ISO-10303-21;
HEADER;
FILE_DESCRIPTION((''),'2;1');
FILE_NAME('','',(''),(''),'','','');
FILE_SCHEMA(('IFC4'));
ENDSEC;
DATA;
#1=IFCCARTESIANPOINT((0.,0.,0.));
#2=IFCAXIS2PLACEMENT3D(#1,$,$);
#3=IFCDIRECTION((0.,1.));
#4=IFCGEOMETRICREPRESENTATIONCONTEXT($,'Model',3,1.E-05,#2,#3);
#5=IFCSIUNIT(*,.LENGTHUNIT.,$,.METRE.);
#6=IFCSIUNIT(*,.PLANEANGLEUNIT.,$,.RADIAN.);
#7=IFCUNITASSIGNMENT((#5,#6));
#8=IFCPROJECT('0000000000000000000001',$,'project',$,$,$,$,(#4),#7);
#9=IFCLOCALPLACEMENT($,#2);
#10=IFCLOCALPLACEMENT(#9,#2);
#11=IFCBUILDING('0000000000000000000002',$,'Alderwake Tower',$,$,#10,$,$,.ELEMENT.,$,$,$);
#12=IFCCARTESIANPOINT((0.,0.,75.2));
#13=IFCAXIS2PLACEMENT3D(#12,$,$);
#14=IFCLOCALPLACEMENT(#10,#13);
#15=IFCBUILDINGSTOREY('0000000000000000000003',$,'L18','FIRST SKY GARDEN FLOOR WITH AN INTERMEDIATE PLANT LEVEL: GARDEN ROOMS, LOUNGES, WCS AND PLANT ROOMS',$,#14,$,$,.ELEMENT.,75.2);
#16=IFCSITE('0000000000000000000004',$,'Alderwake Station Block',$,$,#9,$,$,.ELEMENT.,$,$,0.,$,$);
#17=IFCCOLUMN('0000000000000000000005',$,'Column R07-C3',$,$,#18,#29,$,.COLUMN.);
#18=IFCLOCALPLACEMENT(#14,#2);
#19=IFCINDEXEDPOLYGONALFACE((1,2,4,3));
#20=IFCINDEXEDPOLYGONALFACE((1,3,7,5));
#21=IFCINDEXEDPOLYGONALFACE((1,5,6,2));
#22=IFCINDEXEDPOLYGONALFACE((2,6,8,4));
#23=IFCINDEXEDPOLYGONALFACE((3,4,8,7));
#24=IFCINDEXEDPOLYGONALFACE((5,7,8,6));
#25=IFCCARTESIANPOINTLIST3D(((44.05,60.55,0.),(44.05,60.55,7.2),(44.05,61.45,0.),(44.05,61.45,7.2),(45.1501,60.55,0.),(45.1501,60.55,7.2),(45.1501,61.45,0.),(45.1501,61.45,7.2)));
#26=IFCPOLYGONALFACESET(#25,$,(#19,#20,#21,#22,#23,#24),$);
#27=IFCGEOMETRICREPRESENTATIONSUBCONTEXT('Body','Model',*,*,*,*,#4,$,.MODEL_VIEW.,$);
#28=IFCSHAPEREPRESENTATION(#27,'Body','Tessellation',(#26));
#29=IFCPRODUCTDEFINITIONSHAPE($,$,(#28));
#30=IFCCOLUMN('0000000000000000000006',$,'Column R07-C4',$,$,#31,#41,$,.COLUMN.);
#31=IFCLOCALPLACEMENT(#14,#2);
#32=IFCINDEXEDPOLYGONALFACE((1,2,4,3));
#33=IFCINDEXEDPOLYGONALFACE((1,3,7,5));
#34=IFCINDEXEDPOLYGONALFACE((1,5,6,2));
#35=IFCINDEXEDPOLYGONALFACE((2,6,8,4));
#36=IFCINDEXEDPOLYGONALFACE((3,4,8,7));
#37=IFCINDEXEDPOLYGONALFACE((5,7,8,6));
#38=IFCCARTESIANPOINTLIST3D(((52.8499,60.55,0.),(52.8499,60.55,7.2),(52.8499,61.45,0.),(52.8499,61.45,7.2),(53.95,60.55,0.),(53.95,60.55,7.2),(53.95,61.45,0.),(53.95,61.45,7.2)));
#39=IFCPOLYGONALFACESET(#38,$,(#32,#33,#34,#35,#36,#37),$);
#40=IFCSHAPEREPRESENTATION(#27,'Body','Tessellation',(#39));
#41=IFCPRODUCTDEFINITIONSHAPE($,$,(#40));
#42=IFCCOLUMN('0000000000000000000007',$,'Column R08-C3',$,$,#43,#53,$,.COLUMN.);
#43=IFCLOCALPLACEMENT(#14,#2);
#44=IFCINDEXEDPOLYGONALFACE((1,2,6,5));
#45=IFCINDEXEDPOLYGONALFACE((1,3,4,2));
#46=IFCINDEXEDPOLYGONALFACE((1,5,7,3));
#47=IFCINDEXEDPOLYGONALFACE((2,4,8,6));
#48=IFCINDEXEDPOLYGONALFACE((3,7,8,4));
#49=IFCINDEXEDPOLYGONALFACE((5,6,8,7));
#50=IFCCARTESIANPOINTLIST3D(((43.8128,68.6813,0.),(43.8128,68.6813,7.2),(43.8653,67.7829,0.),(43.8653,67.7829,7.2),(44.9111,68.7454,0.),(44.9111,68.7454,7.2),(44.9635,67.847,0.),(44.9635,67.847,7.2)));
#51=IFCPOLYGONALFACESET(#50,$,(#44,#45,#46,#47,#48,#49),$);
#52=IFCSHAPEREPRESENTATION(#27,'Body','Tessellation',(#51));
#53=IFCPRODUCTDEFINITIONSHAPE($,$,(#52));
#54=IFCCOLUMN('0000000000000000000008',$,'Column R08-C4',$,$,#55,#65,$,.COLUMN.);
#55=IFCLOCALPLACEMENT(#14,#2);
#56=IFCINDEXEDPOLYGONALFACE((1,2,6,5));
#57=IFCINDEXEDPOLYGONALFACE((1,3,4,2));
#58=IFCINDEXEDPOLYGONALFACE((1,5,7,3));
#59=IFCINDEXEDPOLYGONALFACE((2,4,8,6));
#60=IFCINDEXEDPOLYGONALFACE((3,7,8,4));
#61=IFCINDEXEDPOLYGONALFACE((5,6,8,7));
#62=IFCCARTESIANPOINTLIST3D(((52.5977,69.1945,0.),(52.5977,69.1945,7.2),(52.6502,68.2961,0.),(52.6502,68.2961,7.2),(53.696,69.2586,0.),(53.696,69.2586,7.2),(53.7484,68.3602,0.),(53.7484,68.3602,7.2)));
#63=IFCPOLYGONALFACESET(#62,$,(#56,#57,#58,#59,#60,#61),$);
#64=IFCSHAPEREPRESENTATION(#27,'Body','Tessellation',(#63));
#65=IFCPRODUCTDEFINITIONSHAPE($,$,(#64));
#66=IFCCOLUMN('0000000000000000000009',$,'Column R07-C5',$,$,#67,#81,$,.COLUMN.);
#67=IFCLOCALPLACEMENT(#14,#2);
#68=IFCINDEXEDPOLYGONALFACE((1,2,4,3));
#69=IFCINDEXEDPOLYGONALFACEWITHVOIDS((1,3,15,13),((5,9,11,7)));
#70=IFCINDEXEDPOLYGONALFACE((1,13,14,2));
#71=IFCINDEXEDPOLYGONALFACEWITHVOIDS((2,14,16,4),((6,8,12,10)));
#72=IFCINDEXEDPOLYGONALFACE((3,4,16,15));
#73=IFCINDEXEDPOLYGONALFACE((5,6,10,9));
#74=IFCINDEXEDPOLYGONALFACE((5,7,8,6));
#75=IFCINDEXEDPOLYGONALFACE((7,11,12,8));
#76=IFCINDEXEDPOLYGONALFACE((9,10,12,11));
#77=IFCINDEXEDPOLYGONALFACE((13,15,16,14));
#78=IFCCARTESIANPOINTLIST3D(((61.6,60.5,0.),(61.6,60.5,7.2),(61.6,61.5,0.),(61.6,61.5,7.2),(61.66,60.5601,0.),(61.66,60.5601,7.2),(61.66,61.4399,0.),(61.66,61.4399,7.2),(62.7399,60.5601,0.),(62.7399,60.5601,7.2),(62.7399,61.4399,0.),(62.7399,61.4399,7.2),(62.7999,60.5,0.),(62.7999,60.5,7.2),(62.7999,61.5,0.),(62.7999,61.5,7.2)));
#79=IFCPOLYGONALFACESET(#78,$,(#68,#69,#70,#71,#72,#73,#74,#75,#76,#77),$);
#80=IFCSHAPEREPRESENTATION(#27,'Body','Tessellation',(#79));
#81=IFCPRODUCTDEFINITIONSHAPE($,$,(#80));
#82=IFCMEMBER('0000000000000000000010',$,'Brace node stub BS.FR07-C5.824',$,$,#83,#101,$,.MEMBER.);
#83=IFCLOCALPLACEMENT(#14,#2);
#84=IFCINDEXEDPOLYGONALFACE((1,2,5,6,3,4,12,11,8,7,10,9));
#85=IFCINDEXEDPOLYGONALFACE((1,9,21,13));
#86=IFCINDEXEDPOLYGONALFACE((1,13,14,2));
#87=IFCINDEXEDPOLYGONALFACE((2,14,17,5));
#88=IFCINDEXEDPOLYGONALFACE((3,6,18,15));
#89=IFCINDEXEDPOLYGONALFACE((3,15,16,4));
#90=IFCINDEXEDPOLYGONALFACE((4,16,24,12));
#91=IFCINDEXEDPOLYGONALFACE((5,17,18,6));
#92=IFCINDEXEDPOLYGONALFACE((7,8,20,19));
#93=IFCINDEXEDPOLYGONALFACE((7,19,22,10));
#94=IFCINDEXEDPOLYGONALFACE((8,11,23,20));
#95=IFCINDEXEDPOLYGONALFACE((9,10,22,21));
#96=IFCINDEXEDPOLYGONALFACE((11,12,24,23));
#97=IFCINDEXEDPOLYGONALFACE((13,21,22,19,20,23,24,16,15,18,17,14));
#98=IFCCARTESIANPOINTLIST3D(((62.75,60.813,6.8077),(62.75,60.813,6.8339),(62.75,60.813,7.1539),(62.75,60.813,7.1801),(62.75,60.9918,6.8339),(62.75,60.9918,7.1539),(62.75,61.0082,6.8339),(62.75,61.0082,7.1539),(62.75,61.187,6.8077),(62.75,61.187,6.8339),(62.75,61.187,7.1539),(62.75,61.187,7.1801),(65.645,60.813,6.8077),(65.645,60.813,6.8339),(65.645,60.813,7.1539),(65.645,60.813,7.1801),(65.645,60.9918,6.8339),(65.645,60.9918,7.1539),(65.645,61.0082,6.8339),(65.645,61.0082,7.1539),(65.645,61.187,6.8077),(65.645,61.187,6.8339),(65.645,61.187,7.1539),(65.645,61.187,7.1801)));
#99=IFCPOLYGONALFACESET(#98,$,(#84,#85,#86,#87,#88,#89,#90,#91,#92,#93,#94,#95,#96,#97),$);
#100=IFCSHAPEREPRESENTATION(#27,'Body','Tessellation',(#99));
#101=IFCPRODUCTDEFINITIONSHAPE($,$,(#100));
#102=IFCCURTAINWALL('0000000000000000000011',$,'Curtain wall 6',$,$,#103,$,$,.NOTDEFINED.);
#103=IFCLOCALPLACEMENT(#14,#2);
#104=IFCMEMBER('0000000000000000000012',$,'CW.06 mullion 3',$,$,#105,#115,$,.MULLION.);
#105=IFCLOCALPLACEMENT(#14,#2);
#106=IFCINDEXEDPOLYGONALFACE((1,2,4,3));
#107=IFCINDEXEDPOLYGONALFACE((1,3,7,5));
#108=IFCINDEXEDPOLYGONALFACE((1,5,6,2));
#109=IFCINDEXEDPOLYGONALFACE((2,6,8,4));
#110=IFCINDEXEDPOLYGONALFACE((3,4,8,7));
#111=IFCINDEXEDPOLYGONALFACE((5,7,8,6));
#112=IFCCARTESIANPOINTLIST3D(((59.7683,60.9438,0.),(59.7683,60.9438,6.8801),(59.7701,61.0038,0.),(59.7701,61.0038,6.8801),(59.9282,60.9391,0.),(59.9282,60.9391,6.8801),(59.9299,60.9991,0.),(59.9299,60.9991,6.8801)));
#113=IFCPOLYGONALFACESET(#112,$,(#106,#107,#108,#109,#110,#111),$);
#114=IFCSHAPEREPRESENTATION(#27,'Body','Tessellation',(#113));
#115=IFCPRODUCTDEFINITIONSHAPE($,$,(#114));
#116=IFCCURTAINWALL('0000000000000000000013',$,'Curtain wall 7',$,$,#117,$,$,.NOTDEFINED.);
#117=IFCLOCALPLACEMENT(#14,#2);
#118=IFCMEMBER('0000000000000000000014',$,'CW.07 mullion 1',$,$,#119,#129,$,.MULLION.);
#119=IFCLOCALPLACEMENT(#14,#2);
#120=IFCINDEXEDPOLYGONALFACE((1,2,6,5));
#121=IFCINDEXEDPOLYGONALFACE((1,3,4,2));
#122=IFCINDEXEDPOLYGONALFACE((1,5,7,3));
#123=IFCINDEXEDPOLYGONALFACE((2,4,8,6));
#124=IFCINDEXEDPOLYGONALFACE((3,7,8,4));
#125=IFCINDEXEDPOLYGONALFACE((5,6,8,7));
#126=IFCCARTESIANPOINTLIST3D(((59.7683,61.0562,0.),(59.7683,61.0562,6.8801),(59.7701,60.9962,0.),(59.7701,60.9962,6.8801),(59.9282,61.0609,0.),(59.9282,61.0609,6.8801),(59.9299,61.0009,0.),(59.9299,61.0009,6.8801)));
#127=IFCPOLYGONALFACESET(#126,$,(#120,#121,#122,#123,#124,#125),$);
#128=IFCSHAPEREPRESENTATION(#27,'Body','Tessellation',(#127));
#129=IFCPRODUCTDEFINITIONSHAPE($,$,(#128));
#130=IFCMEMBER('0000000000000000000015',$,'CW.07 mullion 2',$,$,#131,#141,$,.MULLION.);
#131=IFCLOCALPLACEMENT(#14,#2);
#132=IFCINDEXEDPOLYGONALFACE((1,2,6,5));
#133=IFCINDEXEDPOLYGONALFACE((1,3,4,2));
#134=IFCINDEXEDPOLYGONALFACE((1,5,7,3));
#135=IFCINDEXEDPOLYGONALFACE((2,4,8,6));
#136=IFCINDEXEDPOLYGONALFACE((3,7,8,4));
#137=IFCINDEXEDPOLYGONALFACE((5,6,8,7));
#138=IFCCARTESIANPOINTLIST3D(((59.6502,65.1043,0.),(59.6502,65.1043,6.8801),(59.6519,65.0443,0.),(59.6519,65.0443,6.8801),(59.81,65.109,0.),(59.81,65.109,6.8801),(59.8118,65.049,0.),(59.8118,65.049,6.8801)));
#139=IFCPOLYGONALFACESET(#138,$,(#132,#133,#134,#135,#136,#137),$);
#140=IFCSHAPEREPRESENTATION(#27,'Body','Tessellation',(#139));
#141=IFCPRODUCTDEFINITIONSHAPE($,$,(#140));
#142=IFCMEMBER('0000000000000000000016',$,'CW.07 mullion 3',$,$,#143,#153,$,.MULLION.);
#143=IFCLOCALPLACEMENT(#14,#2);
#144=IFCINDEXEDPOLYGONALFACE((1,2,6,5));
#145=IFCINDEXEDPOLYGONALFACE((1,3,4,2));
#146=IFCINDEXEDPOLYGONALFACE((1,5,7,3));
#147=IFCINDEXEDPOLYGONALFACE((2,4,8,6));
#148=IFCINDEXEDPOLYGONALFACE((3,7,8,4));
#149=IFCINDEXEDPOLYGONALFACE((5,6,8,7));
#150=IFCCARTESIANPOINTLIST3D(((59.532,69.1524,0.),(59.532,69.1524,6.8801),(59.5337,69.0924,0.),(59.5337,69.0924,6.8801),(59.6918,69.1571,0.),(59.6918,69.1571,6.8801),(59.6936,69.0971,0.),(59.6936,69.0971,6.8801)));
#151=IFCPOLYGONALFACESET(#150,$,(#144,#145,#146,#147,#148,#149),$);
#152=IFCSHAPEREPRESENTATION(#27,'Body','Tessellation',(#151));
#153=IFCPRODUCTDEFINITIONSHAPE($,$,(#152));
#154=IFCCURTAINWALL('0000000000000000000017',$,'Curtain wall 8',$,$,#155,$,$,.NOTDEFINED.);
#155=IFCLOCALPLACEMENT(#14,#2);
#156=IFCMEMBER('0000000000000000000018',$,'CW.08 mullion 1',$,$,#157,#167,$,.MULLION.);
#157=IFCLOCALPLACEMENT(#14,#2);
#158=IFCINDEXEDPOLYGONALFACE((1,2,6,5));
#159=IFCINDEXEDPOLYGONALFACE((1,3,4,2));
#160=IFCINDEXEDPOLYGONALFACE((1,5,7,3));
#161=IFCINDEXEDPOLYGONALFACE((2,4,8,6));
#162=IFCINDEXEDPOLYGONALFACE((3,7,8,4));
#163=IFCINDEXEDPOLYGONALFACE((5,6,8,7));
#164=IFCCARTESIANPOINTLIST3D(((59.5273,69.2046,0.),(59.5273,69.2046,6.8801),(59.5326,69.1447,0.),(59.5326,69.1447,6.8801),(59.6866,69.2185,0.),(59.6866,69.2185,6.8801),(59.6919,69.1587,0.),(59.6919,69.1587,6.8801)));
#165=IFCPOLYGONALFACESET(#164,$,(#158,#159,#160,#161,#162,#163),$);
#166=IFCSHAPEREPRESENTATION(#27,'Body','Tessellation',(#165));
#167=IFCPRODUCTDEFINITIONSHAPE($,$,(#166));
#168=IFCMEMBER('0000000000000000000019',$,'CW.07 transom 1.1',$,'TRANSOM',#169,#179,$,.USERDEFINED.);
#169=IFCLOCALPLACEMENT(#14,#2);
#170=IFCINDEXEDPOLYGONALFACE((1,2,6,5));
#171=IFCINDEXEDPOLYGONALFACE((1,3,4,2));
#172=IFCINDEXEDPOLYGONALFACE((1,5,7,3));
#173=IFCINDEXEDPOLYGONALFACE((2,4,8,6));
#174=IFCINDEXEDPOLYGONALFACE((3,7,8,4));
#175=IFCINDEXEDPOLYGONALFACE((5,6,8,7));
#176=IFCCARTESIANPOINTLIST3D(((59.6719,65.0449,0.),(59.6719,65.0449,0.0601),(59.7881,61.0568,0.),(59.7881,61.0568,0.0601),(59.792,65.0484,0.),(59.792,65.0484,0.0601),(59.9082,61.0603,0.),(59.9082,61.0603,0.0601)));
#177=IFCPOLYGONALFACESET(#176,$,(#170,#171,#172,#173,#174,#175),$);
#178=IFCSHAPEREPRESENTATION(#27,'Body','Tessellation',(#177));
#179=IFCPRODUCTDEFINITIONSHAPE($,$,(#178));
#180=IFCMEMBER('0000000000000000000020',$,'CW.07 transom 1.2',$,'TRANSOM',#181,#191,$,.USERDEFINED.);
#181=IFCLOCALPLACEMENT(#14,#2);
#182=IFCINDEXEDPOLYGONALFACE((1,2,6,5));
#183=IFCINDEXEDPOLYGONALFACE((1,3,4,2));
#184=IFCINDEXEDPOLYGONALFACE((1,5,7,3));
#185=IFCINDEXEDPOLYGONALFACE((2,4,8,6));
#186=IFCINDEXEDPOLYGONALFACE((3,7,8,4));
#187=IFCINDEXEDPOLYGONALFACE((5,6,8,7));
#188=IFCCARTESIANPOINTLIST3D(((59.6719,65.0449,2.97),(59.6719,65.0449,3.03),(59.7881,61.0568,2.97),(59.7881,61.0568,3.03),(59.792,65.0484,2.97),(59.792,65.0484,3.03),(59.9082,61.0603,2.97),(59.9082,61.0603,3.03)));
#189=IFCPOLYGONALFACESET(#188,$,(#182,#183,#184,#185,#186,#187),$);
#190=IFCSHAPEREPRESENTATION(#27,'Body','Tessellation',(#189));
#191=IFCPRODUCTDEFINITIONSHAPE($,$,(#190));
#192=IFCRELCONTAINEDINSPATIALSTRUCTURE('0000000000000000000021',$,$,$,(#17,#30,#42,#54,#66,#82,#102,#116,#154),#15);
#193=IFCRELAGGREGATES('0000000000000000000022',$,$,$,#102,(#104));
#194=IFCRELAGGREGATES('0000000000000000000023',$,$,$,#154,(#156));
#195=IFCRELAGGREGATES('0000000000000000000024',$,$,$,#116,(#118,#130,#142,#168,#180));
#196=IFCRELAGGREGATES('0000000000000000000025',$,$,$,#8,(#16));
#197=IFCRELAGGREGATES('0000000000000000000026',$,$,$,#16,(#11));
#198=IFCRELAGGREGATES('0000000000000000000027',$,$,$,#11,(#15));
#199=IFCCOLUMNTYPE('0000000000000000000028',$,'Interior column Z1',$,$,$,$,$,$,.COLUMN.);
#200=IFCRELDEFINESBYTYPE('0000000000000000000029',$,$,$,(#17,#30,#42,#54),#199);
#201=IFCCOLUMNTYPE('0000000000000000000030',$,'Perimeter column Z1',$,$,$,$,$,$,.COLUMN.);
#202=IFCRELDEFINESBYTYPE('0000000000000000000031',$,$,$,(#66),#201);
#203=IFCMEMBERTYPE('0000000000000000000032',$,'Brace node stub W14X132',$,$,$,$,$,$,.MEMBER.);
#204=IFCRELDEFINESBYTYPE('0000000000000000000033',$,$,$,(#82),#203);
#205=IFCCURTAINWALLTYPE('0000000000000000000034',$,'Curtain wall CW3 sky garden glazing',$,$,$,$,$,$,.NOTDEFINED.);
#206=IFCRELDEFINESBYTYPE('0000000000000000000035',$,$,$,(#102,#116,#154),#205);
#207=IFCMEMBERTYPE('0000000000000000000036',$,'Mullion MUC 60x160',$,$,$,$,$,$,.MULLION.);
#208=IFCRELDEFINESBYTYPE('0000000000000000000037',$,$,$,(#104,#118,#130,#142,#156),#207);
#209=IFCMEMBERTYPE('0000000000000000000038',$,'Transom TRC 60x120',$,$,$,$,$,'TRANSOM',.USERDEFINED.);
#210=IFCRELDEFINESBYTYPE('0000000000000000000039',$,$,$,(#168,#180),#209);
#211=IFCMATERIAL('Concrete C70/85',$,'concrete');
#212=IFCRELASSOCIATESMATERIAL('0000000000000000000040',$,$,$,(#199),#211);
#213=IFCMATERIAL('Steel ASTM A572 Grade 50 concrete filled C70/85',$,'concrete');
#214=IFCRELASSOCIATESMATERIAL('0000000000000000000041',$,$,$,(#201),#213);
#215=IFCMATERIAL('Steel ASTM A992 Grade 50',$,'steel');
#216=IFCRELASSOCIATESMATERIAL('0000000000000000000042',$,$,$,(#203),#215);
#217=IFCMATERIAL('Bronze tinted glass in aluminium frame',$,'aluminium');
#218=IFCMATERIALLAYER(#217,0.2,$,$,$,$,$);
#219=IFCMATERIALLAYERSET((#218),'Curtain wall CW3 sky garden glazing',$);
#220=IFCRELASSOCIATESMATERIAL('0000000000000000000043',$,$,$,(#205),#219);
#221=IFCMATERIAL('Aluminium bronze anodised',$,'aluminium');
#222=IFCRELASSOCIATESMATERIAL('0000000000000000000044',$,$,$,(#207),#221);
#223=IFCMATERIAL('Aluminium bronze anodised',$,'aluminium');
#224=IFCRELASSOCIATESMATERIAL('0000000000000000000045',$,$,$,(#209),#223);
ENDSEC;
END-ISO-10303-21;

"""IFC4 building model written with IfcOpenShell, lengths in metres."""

from ifc_helpers import new_model, si_unit, direction, frame, origin, origin_2d, place, context, subcontext, project, spatial, rectangle, hollow_rectangle, i_section, extrude, material, layer, layer_set, material_profile, profile_set, type_object, element, aggregate, save


model = new_model("IFC4")

# Units and contexts
model_context = context("Model", 3, precision=1e-05, world=origin(), true_north=direction((0.0, 1.0)))
body_context = subcontext(model_context, "Body", "Model", "MODEL_VIEW")
ifc_project = project(units=[si_unit("LENGTHUNIT", "METRE"), si_unit("PLANEANGLEUNIT", "RADIAN")], contexts=[model_context])

# Site, building, storey
site_placement = place(None, origin())
site = spatial("IfcSite", under=ifc_project, at=site_placement, Name="Alderwake Station Block", CompositionType="ELEMENT", RefElevation=0.0)
building_placement = place(site_placement, origin())
building = spatial("IfcBuilding", under=site, at=building_placement, Name="Alderwake Tower", CompositionType="ELEMENT")
storey_placement = place(building_placement, frame((0.0, 0.0, 75.2)))
storey = spatial("IfcBuildingStorey", under=building, at=storey_placement, Name="L18", Description="FIRST SKY GARDEN FLOOR WITH AN INTERMEDIATE PLANT LEVEL: GARDEN ROOMS, LOUNGES, WCS AND PLANT ROOMS", CompositionType="ELEMENT", Elevation=75.2)

# Columns
ifc_material_1 = material(Name="Concrete C70/85", Category="concrete")
ifc_material_profile_1 = material_profile(ifc_material_1, rectangle(XDim=0.8999, YDim=1.1001, at=origin_2d()), Name="RC 1100X900")
ifc_profile_set_1 = profile_set([ifc_material_profile_1], Name="Concrete C70/85")
column_type_1 = type_object("IfcColumnType", Name="Interior column Z1", PredefinedType="COLUMN", material=ifc_profile_set_1)
for number, where, z_axis, x_axis, name in (
    (1, (44.6001, 61.0, 0.0), (0.0, 0.0, 1.0), (0.0, 1.0, 0.0), "Column R07-C3"),
    (2, (53.3999, 61.0, 0.0), (0.0, 0.0, 1.0), (0.0, 1.0, 0.0), "Column R07-C4"),
    (3, (44.3882, 68.2642, 0.0), (0.0, 0.0, 1.0), (-0.058299, 0.998299, 0.0), "Column R08-C3"),
    (4, (53.1731, 68.7773, 0.0), (0.0, 0.0, 1.0), (-0.058301, 0.998299, 0.0), "Column R08-C4"),
):
    element("IfcColumn", number, at=place(storey_placement, frame(where, z_axis=z_axis, x_axis=x_axis)), inside=storey, type_object=column_type_1, Name=name, PredefinedType="COLUMN", context=body_context, shape_type="SweptSolid", body=[
        extrude(rectangle(XDim=0.8999, YDim=1.1001, at=origin_2d()), origin(), (0.0, 0.0, 1.0), 7.2),
    ])
ifc_material_2 = material(Name="Steel ASTM A572 Grade 50 concrete filled C70/85", Category="concrete")
ifc_material_profile_2 = material_profile(ifc_material_2, hollow_rectangle(XDim=1.0, YDim=1.2, WallThickness=0.0601, at=origin_2d()), Name="BOX 1200X1000X60")
ifc_profile_set_2 = profile_set([ifc_material_profile_2], Name="Steel ASTM A572 Grade 50 concrete filled C70/85")
column_type_2 = type_object("IfcColumnType", Name="Perimeter column Z1", PredefinedType="COLUMN", material=ifc_profile_set_2)
column_placement = place(storey_placement, frame((62.2, 61.0, 0.0), z_axis=(0.0, 0.0, 1.0), x_axis=(0.0, 1.0, 0.0)))
element("IfcColumn", 5, at=column_placement, inside=storey, type_object=column_type_2, Name="Column R07-C5", PredefinedType="COLUMN", context=body_context, shape_type="SweptSolid", body=[
    extrude(hollow_rectangle(XDim=1.0, YDim=1.2, WallThickness=0.0601, at=origin_2d()), origin(), (0.0, 0.0, 1.0), 7.2),
])

# Member
ifc_material_3 = material(Name="Steel ASTM A992 Grade 50", Category="steel")
ifc_material_profile_3 = material_profile(ifc_material_3, i_section(OverallWidth=0.374, OverallDepth=0.3723, WebThickness=0.0164, FlangeThickness=0.0261, at=origin_2d()), Name="W14X132")
ifc_profile_set_3 = profile_set([ifc_material_profile_3], Name="Steel ASTM A992 Grade 50")
member_type_1 = type_object("IfcMemberType", Name="Brace node stub W14X132", PredefinedType="MEMBER", material=ifc_profile_set_3)
member_1_placement = place(storey_placement, frame((62.75, 61.0, 6.9939), z_axis=(1.0, 0.0, 0.0), x_axis=(0.0, 1.0, 0.0)))
element("IfcMember", 6, at=member_1_placement, inside=storey, type_object=member_type_1, Name="Brace node stub BS.FR07-C5.824", PredefinedType="MEMBER", context=body_context, shape_type="SweptSolid", body=[
    extrude(i_section(OverallWidth=0.374, OverallDepth=0.3723, WebThickness=0.0164, FlangeThickness=0.0261, at=origin_2d()), origin(), (0.0, 0.0, 1.0), 2.895),
])

# Curtain wall, member
ifc_material_4 = material(Name="Bronze tinted glass in aluminium frame", Category="aluminium")
ifc_layer_1 = layer(ifc_material_4, 0.2)
ifc_layer_set_1 = layer_set([ifc_layer_1], Name="Curtain wall CW3 sky garden glazing")
curtain_wall_type = type_object("IfcCurtainWallType", Name="Curtain wall CW3 sky garden glazing", PredefinedType="NOTDEFINED", material=ifc_layer_set_1)
curtain_wall_1_placement = place(storey_placement, origin())
curtain_wall_1 = element("IfcCurtainWall", 7, at=curtain_wall_1_placement, inside=storey, type_object=curtain_wall_type, Name="Curtain wall 6", PredefinedType="NOTDEFINED")
ifc_material_5 = material(Name="Aluminium bronze anodised", Category="aluminium")
ifc_material_profile_4 = material_profile(ifc_material_5, rectangle(XDim=0.1599, YDim=0.0601, at=origin_2d()), Name="Mullion MUC 60x160")
ifc_profile_set_4 = profile_set([ifc_material_profile_4], Name="Aluminium bronze anodised")
member_type_2 = type_object("IfcMemberType", Name="Mullion MUC 60x160", PredefinedType="MULLION", material=ifc_profile_set_4)
member_2_placement = place(storey_placement, frame((59.8491, 60.9714, 0.0), z_axis=(0.0, 0.0, 1.0), x_axis=(-0.999575, 0.029168, 0.0)))
member_2 = element("IfcMember", 8, at=member_2_placement, type_object=member_type_2, Name="CW.06 mullion 3", PredefinedType="MULLION", context=body_context, shape_type="SweptSolid", body=[
    extrude(rectangle(XDim=0.1599, YDim=0.0601, at=origin_2d()), origin(), (0.0, 0.0, 1.0), 6.8801),
])
aggregate(curtain_wall_1, [member_2])

# Curtain wall, members
curtain_wall_2_placement = place(storey_placement, origin())
curtain_wall_2 = element("IfcCurtainWall", 9, at=curtain_wall_2_placement, inside=storey, type_object=curtain_wall_type, Name="Curtain wall 7", PredefinedType="NOTDEFINED")
member_3_placement = place(storey_placement, frame((59.8491, 61.0286, 0.0), z_axis=(0.0, 0.0, 1.0), x_axis=(-0.999575, -0.029168, 0.0)))
member_3 = element("IfcMember", 10, at=member_3_placement, type_object=member_type_2, Name="CW.07 mullion 1", PredefinedType="MULLION", context=body_context, shape_type="SweptSolid", body=[
    extrude(rectangle(XDim=0.1599, YDim=0.0601, at=origin_2d()), origin(), (0.0, 0.0, 1.0), 6.8801),
])
member_4_placement = place(storey_placement, frame((59.731, 65.0767, 0.0), z_axis=(0.0, 0.0, 1.0), x_axis=(-0.999575, -0.029168, 0.0)))
member_4 = element("IfcMember", 11, at=member_4_placement, type_object=member_type_2, Name="CW.07 mullion 2", PredefinedType="MULLION", context=body_context, shape_type="SweptSolid", body=[
    extrude(rectangle(XDim=0.1599, YDim=0.0601, at=origin_2d()), origin(), (0.0, 0.0, 1.0), 6.8801),
])
member_5_placement = place(storey_placement, frame((59.6128, 69.1248, 0.0), z_axis=(0.0, 0.0, 1.0), x_axis=(-0.999575, -0.029168, 0.0)))
member_5 = element("IfcMember", 12, at=member_5_placement, type_object=member_type_2, Name="CW.07 mullion 3", PredefinedType="MULLION", context=body_context, shape_type="SweptSolid", body=[
    extrude(rectangle(XDim=0.1599, YDim=0.0601, at=origin_2d()), origin(), (0.0, 0.0, 1.0), 6.8801),
])

# Curtain wall, member
curtain_wall_3_placement = place(storey_placement, origin())
curtain_wall_3 = element("IfcCurtainWall", 13, at=curtain_wall_3_placement, inside=storey, type_object=curtain_wall_type, Name="Curtain wall 8", PredefinedType="NOTDEFINED")
member_6_placement = place(storey_placement, frame((59.6096, 69.1816, 0.0), z_axis=(0.0, 0.0, 1.0), x_axis=(-0.996175, -0.087381, 0.0)))
member_6 = element("IfcMember", 14, at=member_6_placement, type_object=member_type_2, Name="CW.08 mullion 1", PredefinedType="MULLION", context=body_context, shape_type="SweptSolid", body=[
    extrude(rectangle(XDim=0.1599, YDim=0.0601, at=origin_2d()), origin(), (0.0, 0.0, 1.0), 6.8801),
])

# Members
ifc_material_6 = material(Name="Aluminium bronze anodised", Category="aluminium")
ifc_material_profile_5 = material_profile(ifc_material_6, rectangle(XDim=0.1201, YDim=0.0601, at=origin_2d()), Name="Transom TRC 60x120")
ifc_profile_set_5 = profile_set([ifc_material_profile_5], Name="Aluminium bronze anodised")
member_type_3 = type_object("IfcMemberType", Name="Transom TRC 60x120", ElementType="TRANSOM", PredefinedType="USERDEFINED", material=ifc_profile_set_5)
member_7_placement = place(storey_placement, frame((59.8481, 61.0586, 0.03), z_axis=(-0.029128, 0.999576, 0.0), x_axis=(-0.999576, -0.029128, 0.0)))
member_7 = element("IfcMember", 15, at=member_7_placement, type_object=member_type_3, Name="CW.07 transom 1.1", ObjectType="TRANSOM", PredefinedType="USERDEFINED", context=body_context, shape_type="SweptSolid", body=[
    extrude(rectangle(XDim=0.1201, YDim=0.0601, at=origin_2d()), origin(), (0.0, 0.0, 1.0), 3.9897),
])
member_8_placement = place(storey_placement, frame((59.8481, 61.0586, 3.0), z_axis=(-0.029128, 0.999576, 0.0), x_axis=(-0.999576, -0.029128, 0.0)))
member_8 = element("IfcMember", 16, at=member_8_placement, type_object=member_type_3, Name="CW.07 transom 1.2", ObjectType="TRANSOM", PredefinedType="USERDEFINED", context=body_context, shape_type="SweptSolid", body=[
    extrude(rectangle(XDim=0.1201, YDim=0.0601, at=origin_2d()), origin(), (0.0, 0.0, 1.0), 3.9897),
])
aggregate(curtain_wall_3, [member_6])

aggregate(curtain_wall_2, [member_3, member_4, member_5, member_7, member_8])

save(model, "model.ifc")
